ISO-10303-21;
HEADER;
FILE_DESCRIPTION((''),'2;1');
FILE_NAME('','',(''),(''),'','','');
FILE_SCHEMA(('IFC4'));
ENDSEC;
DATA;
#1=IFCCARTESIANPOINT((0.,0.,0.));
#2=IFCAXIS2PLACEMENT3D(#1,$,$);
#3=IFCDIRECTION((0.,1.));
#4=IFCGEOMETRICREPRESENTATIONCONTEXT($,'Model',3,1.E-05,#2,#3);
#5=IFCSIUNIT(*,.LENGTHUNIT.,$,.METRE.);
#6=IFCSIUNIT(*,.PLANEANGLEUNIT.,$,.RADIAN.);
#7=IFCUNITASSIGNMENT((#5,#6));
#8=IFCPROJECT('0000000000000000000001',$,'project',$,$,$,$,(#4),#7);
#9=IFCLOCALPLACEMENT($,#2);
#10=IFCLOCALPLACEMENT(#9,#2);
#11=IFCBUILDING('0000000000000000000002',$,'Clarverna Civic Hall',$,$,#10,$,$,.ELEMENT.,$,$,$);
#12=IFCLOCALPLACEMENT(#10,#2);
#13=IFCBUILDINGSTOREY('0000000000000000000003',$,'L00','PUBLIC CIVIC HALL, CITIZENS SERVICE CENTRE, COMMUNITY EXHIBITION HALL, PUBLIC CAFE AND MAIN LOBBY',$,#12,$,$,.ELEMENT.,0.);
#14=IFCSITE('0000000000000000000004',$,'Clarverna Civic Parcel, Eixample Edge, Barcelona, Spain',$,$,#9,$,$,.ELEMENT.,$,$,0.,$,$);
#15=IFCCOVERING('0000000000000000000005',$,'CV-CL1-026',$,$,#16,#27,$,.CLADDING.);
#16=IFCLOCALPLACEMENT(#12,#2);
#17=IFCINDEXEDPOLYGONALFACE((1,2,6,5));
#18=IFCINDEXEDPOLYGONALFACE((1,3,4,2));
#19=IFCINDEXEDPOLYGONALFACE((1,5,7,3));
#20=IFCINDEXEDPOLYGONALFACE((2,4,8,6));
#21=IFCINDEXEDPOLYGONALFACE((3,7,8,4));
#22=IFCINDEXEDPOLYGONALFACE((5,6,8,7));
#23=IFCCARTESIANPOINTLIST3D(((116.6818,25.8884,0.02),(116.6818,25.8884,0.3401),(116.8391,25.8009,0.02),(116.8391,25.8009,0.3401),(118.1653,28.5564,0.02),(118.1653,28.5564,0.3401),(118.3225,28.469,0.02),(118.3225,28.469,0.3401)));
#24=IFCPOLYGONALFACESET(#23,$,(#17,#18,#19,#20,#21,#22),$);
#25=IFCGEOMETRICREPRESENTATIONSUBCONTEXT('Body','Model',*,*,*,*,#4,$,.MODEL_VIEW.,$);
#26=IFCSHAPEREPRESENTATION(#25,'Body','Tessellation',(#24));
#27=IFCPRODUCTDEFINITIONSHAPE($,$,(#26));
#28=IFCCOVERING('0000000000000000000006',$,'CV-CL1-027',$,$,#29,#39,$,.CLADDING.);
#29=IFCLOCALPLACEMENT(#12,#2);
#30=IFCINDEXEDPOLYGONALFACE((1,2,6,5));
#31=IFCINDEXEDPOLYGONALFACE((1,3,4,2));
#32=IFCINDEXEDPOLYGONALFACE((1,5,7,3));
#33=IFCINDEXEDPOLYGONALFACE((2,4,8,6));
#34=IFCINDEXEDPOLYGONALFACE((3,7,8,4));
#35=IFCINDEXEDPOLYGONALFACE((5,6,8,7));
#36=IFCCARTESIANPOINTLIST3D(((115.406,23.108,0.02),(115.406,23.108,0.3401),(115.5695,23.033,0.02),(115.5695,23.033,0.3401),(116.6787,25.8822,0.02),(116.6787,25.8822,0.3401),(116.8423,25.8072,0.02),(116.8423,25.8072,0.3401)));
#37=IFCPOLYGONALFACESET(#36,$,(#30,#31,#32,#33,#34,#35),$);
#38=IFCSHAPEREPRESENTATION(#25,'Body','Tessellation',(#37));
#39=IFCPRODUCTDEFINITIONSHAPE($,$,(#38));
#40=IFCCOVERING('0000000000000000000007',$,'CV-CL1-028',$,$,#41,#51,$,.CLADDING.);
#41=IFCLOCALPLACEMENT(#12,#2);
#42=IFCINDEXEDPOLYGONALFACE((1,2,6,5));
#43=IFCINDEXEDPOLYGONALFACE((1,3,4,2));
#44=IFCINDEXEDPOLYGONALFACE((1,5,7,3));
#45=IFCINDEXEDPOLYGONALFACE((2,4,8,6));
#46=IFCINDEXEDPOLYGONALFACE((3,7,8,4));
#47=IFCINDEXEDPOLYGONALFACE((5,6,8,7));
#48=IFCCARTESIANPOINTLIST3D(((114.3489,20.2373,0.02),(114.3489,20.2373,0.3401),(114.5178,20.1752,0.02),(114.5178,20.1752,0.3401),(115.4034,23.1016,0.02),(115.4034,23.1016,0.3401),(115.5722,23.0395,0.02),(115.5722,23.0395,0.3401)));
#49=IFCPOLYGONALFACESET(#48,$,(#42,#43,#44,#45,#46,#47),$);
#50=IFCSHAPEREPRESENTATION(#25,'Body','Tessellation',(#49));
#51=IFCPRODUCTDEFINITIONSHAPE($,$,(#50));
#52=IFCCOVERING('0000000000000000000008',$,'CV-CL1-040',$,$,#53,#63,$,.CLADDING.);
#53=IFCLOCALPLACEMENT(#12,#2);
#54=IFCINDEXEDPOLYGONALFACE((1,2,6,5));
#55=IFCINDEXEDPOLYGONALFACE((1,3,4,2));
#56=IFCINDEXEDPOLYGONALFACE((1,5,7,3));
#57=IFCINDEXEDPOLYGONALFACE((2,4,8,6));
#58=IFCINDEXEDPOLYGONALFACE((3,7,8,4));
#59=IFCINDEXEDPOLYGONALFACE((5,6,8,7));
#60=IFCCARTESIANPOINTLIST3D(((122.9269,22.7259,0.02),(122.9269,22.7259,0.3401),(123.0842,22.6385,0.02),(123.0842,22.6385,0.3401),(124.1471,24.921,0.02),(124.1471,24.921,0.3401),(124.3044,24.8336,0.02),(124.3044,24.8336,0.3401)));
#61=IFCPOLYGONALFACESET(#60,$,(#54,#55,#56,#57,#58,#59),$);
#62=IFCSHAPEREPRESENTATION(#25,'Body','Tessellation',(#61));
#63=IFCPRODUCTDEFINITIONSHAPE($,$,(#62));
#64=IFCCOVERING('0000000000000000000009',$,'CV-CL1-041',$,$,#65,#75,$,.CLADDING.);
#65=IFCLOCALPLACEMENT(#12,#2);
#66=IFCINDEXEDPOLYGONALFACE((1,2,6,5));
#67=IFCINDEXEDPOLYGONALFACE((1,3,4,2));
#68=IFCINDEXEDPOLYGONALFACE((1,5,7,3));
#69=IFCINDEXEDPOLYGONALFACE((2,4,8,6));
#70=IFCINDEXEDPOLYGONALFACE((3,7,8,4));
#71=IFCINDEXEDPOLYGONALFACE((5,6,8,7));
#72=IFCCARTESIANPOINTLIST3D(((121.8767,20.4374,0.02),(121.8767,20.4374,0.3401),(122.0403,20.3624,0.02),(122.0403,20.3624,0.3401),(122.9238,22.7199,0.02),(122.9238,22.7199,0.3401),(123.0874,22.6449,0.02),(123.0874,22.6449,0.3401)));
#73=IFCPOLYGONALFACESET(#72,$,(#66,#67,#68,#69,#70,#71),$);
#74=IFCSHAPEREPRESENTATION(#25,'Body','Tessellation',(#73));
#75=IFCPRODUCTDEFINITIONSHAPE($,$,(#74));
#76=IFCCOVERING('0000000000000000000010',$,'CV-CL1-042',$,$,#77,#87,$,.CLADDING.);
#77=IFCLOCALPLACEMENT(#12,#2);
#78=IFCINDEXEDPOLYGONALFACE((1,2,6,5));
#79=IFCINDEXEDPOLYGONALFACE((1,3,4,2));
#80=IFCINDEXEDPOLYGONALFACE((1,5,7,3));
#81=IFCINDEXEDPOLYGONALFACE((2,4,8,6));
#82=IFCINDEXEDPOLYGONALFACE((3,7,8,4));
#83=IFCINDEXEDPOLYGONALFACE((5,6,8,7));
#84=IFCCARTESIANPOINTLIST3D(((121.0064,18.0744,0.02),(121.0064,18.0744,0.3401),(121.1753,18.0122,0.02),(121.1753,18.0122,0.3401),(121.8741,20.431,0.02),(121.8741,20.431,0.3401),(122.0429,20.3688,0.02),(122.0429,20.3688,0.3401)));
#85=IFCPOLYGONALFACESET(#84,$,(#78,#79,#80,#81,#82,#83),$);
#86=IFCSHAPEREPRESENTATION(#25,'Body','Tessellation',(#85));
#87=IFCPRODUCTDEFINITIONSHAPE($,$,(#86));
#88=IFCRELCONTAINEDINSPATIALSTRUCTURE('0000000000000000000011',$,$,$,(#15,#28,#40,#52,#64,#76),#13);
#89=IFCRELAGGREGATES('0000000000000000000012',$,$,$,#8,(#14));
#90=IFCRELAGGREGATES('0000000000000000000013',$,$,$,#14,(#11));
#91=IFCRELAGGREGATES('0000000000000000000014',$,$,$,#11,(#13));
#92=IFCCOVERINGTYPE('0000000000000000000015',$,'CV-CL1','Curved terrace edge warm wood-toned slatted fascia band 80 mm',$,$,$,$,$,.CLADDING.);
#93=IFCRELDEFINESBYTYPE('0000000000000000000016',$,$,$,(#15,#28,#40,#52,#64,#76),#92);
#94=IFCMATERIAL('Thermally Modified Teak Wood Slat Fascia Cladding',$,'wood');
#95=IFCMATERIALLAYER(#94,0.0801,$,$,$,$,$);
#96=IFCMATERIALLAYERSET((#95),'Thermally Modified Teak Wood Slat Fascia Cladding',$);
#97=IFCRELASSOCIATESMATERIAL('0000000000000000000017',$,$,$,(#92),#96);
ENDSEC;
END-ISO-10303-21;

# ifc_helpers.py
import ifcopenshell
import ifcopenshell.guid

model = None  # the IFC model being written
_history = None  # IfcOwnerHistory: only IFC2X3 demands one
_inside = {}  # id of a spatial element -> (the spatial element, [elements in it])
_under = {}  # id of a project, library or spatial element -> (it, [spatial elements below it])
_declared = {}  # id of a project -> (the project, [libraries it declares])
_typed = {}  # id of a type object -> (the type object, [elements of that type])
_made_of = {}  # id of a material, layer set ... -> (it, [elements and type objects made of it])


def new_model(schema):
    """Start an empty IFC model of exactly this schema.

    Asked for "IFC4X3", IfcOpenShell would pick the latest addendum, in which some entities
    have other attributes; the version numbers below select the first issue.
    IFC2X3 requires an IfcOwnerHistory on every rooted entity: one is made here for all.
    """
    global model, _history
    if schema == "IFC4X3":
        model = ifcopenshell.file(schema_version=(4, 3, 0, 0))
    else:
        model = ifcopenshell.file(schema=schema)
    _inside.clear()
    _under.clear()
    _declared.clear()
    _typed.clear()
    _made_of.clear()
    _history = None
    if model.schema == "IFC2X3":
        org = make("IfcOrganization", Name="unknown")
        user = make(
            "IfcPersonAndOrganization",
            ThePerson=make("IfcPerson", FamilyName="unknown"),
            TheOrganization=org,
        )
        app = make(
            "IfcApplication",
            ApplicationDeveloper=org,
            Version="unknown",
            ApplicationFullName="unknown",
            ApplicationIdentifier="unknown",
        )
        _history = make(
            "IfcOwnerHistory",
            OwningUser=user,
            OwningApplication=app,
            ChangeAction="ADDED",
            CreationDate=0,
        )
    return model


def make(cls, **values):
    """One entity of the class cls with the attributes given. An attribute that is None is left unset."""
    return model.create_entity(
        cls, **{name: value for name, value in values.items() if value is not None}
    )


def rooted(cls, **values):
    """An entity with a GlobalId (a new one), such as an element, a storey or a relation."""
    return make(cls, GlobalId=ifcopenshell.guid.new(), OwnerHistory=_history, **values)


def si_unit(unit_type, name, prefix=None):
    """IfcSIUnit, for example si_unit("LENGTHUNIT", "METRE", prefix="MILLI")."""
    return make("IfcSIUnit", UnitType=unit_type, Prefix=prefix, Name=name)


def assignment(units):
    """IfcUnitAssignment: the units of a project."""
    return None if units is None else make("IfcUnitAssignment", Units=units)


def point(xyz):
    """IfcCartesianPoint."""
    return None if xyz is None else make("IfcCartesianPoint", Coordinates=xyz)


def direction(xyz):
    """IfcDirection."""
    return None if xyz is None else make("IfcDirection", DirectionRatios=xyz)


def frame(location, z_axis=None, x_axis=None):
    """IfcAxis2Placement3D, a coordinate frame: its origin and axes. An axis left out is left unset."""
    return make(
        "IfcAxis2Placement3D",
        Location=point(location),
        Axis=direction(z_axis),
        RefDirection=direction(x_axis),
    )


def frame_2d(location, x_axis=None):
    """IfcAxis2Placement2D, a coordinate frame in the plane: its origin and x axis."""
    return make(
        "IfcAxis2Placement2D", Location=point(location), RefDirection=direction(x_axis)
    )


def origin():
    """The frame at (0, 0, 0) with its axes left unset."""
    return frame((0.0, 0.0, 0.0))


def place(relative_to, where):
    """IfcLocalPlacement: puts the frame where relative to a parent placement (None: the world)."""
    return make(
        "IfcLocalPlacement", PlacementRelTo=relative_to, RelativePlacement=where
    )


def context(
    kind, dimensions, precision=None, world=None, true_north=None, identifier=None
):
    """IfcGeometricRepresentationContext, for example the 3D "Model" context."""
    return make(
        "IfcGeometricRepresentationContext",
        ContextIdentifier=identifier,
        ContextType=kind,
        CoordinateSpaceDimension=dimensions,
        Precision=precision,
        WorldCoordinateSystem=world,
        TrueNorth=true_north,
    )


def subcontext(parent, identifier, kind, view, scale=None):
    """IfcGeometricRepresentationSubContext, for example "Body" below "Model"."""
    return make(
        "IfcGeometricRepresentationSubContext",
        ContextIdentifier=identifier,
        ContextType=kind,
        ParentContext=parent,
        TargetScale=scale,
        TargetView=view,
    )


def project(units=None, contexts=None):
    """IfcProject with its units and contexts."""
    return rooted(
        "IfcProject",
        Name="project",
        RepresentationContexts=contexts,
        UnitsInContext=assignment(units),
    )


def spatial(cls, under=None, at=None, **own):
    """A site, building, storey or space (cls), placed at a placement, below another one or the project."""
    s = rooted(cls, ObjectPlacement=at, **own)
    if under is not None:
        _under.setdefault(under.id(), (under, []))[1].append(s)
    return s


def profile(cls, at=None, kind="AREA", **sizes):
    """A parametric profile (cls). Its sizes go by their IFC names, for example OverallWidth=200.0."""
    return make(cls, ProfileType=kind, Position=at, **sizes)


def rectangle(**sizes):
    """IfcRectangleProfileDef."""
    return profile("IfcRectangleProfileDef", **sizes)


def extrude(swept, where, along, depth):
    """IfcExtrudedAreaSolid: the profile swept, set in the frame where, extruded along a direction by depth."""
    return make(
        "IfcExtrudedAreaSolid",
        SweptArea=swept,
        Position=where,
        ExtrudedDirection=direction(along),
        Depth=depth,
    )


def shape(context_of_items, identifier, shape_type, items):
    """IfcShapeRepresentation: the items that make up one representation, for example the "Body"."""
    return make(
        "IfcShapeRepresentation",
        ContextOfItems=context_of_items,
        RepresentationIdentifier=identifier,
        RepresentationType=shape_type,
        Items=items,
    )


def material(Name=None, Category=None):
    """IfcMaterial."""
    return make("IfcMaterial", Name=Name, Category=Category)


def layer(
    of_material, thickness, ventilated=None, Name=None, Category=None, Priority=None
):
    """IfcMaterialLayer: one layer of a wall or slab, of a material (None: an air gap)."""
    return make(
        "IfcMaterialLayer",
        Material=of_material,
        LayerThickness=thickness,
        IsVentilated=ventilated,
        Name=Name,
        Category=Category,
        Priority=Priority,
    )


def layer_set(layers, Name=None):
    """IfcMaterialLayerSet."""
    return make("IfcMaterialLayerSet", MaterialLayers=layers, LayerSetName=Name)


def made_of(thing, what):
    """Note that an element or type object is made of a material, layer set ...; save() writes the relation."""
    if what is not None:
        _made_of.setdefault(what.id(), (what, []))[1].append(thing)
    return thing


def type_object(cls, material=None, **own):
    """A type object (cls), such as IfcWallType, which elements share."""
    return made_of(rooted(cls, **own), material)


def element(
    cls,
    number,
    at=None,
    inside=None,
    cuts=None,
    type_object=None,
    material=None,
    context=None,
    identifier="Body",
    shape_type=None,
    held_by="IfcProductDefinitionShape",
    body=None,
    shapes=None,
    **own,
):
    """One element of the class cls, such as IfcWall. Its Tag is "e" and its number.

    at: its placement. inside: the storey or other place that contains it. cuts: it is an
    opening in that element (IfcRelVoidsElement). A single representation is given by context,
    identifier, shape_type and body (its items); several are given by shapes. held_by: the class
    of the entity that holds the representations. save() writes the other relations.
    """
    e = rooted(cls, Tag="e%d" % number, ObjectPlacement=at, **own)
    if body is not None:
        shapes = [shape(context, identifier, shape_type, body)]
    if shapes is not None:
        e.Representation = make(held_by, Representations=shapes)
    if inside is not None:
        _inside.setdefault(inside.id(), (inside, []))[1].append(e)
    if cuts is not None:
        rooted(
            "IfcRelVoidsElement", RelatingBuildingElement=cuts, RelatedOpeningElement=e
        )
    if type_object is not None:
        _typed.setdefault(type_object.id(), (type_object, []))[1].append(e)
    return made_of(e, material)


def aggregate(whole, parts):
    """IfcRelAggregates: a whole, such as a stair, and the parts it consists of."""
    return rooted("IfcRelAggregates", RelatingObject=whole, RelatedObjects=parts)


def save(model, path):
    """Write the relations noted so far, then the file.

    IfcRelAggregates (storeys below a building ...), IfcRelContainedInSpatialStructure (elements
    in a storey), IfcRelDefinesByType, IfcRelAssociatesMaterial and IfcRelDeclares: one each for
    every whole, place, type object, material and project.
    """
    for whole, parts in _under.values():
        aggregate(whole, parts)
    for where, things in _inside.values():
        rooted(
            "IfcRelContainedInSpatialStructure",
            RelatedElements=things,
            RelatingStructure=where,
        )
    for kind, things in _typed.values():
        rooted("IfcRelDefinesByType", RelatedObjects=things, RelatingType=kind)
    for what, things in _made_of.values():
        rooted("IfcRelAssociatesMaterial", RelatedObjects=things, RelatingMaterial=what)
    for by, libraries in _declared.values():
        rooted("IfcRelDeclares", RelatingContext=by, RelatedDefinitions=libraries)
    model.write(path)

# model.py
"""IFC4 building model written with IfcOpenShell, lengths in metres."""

from ifc_helpers import new_model, si_unit, direction, frame, frame_2d, origin, place, context, subcontext, project, spatial, rectangle, extrude, material, layer, layer_set, type_object, element, save


model = new_model("IFC4")

# Units and contexts
model_context = context("Model", 3, precision=1e-05, world=origin(), true_north=direction((0.0, 1.0)))
body_context = subcontext(model_context, "Body", "Model", "MODEL_VIEW")
ifc_project = project(units=[si_unit("LENGTHUNIT", "METRE"), si_unit("PLANEANGLEUNIT", "RADIAN")], contexts=[model_context])

# Site, building, storey
site_placement = place(None, origin())
site = spatial("IfcSite", under=ifc_project, at=site_placement, Name="Clarverna Civic Parcel, Eixample Edge, Barcelona, Spain", CompositionType="ELEMENT", RefElevation=0.0)
building_placement = place(site_placement, origin())
building = spatial("IfcBuilding", under=site, at=building_placement, Name="Clarverna Civic Hall", CompositionType="ELEMENT")
storey_placement = place(building_placement, origin())
storey = spatial("IfcBuildingStorey", under=building, at=storey_placement, Name="L00", Description="PUBLIC CIVIC HALL, CITIZENS SERVICE CENTRE, COMMUNITY EXHIBITION HALL, PUBLIC CAFE AND MAIN LOBBY", CompositionType="ELEMENT", Elevation=0.0)

# Coverings
ifc_material_1 = material(Name="Thermally Modified Teak Wood Slat Fascia Cladding", Category="wood")
ifc_layer_1 = layer(ifc_material_1, 0.0801)
ifc_layer_set_1 = layer_set([ifc_layer_1], Name="Thermally Modified Teak Wood Slat Fascia Cladding")
covering_type = type_object("IfcCoveringType", Name="CV-CL1", Description="Curved terrace edge warm wood-toned slatted fascia band 80 mm", PredefinedType="CLADDING", material=ifc_layer_set_1)
covering_1_placement = place(storey_placement, frame((118.2439, 28.5127, 0.02), z_axis=(0.0, 0.0, 1.0), x_axis=(-0.485942, -0.873991, 0.0)))
element("IfcCovering", 1, at=covering_1_placement, inside=storey, type_object=covering_type, Name="CV-CL1-026", PredefinedType="CLADDING", context=body_context, shape_type="SweptSolid", body=[
    extrude(rectangle(XDim=3.0527, YDim=0.1799, at=frame_2d((1.5264, 0.0))), origin(), (0.0, 0.0, 1.0), 0.3201),
])
for number, where, z_axis, x_axis, name in (
    (2, (116.7605, 25.8447, 0.02), (0.0, 0.0, 1.0), (-0.416982, -0.908915, 0.0), "CV-CL1-027"),
    (3, (115.4878, 23.0706, 0.02), (0.0, 0.0, 1.0), (-0.345472, -0.938429, 0.0), "CV-CL1-028"),
):
    element("IfcCovering", number, at=place(storey_placement, frame(where, z_axis=z_axis, x_axis=x_axis)), inside=storey, type_object=covering_type, Name=name, PredefinedType="CLADDING", context=body_context, shape_type="SweptSolid", body=[
        extrude(rectangle(XDim=3.0522, YDim=0.1799, at=frame_2d((1.5261, 0.0))), origin(), (0.0, 0.0, 1.0), 0.3201),
    ])
covering_2_placement = place(storey_placement, frame((124.2258, 24.8774, 0.02), z_axis=(0.0, 0.0, 1.0), x_axis=(-0.485866, -0.874033, 0.0)))
element("IfcCovering", 4, at=covering_2_placement, inside=storey, type_object=covering_type, Name="CV-CL1-040", PredefinedType="CLADDING", context=body_context, shape_type="SweptSolid", body=[
    extrude(rectangle(XDim=2.5115, YDim=0.1799, at=frame_2d((1.2559, 0.0))), origin(), (0.0, 0.0, 1.0), 0.3201),
])
for number, where, z_axis, x_axis, name in (
    (5, (123.0056, 22.6824, 0.02), (0.0, 0.0, 1.0), (-0.416979, -0.908916, 0.0), "CV-CL1-041"),
    (6, (121.9585, 20.3999, 0.02), (0.0, 0.0, 1.0), (-0.345503, -0.938418, 0.0), "CV-CL1-042"),
):
    element("IfcCovering", number, at=place(storey_placement, frame(where, z_axis=z_axis, x_axis=x_axis)), inside=storey, type_object=covering_type, Name=name, PredefinedType="CLADDING", context=body_context, shape_type="SweptSolid", body=[
        extrude(rectangle(XDim=2.5112, YDim=0.1799, at=frame_2d((1.2556, 0.0))), origin(), (0.0, 0.0, 1.0), 0.3201),
    ])

save(model, "model.ifc")
